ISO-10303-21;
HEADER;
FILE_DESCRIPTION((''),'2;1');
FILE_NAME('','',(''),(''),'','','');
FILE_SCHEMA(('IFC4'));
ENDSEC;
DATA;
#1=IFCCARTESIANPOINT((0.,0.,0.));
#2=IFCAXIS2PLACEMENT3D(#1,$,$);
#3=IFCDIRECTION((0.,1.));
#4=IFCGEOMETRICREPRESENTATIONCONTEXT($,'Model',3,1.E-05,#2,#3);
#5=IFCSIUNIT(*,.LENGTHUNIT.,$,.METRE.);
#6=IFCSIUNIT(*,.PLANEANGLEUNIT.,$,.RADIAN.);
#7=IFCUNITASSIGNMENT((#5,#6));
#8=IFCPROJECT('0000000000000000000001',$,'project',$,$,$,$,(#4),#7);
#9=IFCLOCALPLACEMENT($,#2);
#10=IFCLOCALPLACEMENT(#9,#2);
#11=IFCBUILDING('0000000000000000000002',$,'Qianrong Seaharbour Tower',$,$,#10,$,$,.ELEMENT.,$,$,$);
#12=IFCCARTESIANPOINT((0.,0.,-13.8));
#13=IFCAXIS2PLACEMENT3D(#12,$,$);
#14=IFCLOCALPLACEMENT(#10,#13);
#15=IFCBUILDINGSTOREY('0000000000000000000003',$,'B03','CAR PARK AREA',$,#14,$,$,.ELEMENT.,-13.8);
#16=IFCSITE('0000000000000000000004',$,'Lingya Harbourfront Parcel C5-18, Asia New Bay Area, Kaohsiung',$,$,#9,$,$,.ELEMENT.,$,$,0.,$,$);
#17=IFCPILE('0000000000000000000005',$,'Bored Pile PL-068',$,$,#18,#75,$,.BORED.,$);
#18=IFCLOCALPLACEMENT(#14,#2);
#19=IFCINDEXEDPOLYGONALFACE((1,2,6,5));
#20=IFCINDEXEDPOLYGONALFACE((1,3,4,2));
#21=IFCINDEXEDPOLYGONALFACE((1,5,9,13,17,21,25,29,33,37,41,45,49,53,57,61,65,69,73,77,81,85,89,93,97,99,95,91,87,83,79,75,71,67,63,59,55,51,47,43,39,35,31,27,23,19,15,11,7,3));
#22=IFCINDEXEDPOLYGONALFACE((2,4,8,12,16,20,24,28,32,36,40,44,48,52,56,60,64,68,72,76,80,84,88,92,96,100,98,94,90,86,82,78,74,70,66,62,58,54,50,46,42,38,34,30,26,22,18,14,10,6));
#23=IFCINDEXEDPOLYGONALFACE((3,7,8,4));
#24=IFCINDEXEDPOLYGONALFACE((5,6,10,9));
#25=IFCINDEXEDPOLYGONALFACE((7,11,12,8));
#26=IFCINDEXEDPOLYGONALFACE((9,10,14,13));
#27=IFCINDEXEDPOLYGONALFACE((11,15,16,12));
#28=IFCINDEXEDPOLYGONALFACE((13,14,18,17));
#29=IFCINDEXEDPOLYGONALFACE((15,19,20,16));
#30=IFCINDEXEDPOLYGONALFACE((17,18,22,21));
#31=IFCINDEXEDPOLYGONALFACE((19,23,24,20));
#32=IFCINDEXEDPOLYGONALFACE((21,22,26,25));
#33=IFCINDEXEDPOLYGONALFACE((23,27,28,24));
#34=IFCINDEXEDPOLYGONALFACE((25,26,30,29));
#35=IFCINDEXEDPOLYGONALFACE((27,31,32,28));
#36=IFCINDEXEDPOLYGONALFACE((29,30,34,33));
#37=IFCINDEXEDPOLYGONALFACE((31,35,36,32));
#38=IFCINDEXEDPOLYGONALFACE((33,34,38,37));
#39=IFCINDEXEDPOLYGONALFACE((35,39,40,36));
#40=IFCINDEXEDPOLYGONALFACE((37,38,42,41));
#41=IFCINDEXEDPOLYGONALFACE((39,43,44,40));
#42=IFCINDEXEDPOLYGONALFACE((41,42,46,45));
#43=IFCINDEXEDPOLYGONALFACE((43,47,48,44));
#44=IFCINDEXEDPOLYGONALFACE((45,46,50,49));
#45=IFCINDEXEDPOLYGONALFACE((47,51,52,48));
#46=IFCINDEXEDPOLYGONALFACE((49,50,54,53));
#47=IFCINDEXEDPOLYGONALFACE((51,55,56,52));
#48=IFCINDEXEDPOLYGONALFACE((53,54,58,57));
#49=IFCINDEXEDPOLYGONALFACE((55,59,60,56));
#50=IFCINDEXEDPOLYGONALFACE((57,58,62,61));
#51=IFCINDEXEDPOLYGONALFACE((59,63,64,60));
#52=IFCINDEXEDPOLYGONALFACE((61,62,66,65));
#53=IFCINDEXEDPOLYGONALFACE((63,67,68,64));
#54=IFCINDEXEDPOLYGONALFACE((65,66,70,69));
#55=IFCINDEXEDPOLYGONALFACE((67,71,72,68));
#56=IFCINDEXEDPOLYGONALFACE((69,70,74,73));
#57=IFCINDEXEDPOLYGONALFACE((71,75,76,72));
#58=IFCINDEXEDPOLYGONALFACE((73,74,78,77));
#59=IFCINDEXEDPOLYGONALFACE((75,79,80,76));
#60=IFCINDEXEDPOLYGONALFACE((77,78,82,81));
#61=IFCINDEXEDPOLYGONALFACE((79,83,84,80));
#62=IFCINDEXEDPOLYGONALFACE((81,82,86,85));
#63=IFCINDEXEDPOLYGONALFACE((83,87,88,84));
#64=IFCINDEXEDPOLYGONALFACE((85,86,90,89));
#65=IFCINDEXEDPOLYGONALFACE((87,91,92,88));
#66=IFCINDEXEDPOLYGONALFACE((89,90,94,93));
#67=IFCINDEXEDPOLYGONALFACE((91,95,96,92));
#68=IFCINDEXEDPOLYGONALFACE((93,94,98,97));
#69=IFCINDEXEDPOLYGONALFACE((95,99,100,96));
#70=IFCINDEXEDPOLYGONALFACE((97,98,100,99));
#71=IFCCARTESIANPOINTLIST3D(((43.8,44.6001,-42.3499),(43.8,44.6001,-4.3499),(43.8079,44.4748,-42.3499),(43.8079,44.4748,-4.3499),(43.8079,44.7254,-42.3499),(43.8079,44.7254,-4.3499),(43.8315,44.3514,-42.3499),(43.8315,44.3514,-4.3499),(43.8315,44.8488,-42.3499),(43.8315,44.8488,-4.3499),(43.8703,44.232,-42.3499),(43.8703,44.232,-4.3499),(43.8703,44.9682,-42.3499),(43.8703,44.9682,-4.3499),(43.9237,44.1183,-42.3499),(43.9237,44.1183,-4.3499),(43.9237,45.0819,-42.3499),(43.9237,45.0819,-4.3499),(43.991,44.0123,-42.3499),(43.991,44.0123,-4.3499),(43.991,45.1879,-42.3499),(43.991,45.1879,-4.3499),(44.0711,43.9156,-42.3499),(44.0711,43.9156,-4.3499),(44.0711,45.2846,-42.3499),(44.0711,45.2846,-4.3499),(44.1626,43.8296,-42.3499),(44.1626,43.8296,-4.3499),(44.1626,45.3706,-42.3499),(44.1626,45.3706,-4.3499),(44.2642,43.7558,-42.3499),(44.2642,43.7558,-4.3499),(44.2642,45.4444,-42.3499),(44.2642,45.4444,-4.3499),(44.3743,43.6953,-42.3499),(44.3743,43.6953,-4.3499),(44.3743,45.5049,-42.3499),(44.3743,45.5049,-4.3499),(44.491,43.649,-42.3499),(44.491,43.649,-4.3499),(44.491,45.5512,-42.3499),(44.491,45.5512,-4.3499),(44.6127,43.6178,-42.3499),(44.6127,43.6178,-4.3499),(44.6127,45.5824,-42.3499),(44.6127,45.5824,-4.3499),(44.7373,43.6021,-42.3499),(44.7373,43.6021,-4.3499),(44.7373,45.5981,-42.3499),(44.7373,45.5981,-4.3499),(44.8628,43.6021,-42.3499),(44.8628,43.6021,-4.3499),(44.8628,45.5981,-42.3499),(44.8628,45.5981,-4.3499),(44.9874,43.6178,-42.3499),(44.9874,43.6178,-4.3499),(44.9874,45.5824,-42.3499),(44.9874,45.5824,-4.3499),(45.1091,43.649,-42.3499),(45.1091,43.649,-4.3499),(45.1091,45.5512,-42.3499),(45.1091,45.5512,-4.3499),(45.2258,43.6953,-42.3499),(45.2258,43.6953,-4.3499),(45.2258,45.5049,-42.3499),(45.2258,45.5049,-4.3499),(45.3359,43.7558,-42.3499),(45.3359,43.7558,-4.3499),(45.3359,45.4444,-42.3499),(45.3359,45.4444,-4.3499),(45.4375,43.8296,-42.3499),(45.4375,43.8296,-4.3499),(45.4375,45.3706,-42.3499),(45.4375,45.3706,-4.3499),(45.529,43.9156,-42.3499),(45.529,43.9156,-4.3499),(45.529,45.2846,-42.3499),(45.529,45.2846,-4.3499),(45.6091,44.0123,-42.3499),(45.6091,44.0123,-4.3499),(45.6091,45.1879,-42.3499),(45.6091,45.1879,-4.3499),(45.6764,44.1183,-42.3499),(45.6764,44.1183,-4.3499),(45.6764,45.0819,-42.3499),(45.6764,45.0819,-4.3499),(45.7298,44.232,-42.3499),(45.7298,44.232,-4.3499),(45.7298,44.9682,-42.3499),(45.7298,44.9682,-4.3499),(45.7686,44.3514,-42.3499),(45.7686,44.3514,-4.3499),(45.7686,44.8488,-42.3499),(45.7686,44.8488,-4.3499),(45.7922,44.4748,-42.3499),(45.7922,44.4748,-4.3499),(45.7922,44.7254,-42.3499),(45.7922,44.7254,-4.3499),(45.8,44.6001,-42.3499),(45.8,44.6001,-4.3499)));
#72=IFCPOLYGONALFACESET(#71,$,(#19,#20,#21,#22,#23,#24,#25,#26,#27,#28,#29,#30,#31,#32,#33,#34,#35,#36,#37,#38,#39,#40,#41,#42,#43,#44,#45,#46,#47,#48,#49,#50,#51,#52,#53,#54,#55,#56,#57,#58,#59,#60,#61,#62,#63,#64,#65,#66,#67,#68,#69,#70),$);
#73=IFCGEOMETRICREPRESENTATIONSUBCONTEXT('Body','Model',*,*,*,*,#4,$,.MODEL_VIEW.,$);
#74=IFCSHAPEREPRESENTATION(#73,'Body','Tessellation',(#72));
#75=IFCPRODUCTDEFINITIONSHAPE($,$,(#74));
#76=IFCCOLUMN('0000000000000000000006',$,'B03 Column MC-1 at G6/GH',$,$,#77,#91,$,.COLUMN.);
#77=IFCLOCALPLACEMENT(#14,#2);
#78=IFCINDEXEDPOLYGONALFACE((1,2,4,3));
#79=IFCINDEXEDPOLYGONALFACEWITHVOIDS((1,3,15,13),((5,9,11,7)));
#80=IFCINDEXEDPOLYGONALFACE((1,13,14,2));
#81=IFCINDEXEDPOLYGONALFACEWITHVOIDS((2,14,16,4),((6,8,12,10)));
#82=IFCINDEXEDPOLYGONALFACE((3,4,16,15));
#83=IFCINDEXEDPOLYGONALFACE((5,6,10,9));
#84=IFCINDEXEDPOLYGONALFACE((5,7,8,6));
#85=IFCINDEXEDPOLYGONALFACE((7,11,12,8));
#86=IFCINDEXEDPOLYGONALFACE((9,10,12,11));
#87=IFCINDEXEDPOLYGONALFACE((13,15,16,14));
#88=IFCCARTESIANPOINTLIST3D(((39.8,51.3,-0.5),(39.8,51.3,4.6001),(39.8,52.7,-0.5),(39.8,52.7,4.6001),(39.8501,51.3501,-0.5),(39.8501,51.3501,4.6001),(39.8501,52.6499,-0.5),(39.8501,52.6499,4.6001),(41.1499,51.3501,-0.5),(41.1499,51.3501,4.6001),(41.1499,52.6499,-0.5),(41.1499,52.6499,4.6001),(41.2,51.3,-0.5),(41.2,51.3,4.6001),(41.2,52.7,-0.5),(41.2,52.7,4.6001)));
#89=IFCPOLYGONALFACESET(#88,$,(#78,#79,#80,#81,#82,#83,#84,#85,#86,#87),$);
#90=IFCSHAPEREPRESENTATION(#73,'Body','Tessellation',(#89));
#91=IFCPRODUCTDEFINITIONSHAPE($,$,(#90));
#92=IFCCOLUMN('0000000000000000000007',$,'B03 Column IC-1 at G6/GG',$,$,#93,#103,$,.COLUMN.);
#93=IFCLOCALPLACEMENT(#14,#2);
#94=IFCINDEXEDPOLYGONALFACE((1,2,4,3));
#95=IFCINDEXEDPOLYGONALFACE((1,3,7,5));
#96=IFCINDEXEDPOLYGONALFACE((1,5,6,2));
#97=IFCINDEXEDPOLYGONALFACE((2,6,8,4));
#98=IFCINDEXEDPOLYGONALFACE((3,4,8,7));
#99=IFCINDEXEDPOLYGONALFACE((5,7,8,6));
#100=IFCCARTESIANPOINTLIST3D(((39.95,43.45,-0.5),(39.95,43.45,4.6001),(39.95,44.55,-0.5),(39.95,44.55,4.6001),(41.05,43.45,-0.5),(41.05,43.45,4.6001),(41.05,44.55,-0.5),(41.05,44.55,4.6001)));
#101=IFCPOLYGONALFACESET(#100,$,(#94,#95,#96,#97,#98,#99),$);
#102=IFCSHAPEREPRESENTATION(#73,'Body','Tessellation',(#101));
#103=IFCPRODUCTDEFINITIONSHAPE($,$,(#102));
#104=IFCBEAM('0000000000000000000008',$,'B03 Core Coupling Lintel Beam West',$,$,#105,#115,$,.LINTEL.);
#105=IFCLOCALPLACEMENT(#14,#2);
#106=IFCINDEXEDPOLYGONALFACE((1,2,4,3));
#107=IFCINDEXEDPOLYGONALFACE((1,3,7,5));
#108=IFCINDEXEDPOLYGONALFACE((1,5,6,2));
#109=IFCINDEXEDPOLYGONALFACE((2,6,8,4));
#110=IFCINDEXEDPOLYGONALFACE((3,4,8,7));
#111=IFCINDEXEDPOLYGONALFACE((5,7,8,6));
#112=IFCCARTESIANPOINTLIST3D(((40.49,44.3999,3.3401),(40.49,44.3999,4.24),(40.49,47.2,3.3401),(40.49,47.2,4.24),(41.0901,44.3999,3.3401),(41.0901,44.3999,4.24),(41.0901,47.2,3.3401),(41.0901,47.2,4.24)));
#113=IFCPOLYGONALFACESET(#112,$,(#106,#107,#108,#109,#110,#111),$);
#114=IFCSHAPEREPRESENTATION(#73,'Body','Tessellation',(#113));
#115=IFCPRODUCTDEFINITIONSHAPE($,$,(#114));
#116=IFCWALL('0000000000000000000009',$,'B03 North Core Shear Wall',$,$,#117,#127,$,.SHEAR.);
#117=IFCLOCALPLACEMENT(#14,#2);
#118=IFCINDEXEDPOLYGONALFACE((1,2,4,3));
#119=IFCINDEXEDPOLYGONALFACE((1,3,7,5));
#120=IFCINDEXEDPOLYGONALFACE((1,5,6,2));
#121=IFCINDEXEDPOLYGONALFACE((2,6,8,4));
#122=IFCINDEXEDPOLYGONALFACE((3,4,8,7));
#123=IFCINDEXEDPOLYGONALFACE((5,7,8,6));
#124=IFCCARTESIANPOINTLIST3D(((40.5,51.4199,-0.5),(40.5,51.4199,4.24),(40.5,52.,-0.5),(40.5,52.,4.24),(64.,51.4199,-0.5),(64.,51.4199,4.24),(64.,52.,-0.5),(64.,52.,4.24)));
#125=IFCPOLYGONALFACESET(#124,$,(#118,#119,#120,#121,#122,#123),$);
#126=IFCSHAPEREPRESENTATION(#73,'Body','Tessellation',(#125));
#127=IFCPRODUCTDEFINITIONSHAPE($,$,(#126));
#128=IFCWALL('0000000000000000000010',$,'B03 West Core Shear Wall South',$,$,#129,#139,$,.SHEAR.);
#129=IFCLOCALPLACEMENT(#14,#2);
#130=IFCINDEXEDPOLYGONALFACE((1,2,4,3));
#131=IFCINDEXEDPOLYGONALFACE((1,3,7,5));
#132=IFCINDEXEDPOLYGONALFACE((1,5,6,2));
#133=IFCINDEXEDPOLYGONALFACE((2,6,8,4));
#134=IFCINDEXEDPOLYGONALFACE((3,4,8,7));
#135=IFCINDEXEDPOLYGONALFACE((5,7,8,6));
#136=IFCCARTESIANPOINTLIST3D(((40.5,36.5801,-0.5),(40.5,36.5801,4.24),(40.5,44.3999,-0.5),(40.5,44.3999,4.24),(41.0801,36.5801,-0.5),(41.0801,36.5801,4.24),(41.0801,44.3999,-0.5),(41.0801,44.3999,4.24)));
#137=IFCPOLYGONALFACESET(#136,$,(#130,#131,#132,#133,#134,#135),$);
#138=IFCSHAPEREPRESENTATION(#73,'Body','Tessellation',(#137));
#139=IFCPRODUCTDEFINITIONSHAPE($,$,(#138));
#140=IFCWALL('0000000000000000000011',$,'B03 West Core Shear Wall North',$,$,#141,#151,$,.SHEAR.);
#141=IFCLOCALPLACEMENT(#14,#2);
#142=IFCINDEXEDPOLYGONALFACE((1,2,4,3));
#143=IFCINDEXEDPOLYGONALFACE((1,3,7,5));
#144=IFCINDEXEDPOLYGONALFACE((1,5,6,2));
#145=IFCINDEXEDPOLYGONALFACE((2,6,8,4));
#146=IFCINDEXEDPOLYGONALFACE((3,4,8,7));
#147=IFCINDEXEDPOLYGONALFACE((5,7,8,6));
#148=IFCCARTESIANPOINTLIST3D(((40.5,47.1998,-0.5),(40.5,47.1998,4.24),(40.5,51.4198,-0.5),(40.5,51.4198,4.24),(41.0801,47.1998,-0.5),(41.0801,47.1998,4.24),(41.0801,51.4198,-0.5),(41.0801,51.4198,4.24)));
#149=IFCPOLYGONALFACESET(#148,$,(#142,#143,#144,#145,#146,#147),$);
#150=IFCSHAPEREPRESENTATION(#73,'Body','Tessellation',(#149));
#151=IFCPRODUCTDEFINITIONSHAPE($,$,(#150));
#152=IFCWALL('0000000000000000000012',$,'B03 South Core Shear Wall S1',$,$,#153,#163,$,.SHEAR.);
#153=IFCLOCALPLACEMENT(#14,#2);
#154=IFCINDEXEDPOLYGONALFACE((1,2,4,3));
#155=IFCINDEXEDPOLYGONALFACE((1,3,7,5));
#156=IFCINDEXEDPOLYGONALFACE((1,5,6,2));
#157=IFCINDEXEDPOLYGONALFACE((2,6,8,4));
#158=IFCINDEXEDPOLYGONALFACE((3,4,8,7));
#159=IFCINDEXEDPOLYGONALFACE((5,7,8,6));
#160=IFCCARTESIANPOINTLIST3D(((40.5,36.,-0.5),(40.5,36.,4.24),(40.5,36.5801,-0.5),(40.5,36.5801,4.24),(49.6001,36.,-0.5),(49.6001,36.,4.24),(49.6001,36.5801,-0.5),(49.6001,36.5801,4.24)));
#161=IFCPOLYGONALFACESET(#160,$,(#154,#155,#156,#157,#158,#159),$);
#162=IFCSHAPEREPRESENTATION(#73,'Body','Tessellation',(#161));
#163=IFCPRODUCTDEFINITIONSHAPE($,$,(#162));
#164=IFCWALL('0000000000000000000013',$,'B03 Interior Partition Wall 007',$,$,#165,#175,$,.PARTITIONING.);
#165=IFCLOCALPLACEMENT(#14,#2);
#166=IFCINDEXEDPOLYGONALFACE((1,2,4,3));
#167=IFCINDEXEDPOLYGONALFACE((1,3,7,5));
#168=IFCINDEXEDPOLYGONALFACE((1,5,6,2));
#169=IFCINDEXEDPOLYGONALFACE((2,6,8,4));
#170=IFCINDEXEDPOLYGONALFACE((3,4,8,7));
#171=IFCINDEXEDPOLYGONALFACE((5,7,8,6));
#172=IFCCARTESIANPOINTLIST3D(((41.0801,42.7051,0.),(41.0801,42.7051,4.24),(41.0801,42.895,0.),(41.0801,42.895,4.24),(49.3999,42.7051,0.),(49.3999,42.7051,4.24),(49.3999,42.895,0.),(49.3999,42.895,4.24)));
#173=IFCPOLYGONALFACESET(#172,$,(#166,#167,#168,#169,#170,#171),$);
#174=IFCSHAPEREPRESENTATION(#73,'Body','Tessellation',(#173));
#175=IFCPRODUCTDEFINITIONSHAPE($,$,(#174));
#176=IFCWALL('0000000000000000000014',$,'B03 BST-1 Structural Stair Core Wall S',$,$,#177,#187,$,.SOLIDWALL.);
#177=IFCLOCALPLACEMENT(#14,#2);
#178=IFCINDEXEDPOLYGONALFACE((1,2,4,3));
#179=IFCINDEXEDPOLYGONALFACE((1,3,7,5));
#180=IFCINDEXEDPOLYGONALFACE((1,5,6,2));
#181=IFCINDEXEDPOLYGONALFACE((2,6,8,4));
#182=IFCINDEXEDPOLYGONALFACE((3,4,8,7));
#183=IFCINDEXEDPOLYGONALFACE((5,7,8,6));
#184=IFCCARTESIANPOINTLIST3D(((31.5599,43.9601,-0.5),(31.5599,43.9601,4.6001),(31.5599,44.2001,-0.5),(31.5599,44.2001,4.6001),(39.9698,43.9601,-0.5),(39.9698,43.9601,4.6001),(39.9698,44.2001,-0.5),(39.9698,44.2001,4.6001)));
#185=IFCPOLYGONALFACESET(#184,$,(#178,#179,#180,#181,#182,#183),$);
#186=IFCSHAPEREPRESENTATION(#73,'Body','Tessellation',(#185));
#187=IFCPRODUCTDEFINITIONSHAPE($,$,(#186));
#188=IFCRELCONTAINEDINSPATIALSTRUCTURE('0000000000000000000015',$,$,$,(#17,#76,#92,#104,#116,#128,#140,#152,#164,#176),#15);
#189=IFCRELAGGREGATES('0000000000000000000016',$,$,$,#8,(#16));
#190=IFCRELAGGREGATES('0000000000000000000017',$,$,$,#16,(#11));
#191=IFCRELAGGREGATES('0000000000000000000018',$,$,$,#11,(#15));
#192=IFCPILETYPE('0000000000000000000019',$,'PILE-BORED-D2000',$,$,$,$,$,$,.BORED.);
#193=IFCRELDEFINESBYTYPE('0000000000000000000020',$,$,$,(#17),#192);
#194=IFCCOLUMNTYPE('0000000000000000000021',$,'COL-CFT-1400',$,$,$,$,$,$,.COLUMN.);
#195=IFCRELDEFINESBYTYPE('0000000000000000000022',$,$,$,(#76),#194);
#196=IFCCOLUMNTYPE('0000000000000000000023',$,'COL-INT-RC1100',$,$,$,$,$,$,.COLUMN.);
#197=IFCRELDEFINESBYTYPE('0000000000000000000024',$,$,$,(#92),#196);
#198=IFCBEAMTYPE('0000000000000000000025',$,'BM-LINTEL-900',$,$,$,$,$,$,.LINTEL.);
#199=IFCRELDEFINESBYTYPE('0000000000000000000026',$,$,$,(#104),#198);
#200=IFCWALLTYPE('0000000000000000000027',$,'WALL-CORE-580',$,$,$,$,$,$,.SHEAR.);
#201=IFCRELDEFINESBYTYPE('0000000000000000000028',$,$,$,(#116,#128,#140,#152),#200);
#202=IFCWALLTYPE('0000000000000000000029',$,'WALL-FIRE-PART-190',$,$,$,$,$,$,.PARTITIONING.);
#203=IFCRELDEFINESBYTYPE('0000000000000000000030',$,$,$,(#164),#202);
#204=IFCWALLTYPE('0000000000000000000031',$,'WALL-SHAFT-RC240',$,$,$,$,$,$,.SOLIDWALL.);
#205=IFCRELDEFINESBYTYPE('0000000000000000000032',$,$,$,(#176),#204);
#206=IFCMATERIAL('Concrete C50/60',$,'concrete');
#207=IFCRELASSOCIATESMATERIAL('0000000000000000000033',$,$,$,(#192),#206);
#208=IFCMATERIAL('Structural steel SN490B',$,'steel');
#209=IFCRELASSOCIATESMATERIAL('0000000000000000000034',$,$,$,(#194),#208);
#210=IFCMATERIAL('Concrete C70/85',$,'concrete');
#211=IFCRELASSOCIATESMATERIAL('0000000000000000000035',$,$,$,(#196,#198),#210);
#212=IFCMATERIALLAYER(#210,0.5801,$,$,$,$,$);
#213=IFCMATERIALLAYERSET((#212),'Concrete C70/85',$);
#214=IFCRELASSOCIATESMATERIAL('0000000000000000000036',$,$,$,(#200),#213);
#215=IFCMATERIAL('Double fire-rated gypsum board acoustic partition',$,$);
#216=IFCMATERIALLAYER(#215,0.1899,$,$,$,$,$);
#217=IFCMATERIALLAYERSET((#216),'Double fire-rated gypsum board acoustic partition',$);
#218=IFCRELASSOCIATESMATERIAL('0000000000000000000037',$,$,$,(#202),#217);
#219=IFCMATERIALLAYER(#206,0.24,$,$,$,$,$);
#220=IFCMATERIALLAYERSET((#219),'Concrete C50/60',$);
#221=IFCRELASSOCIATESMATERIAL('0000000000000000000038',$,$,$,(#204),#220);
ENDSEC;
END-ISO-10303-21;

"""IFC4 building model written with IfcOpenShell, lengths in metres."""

from ifc_helpers import new_model, si_unit, direction, frame, frame_2d, origin, origin_2d, place, context, subcontext, project, spatial, rectangle, hollow_rectangle, circle, extrude, material, layer, layer_set, material_profile, profile_set, type_object, element, save


model = new_model("IFC4")

# Units and contexts
model_context = context("Model", 3, precision=1e-05, world=origin(), true_north=direction((0.0, 1.0)))
body_context = subcontext(model_context, "Body", "Model", "MODEL_VIEW")
ifc_project = project(units=[si_unit("LENGTHUNIT", "METRE"), si_unit("PLANEANGLEUNIT", "RADIAN")], contexts=[model_context])

# Site, building, storey
site_placement = place(None, origin())
site = spatial("IfcSite", under=ifc_project, at=site_placement, Name="Lingya Harbourfront Parcel C5-18, Asia New Bay Area, Kaohsiung", CompositionType="ELEMENT", RefElevation=0.0)
building_placement = place(site_placement, origin())
building = spatial("IfcBuilding", under=site, at=building_placement, Name="Qianrong Seaharbour Tower", CompositionType="ELEMENT")
storey_placement = place(building_placement, frame((0.0, 0.0, -13.8)))
storey = spatial("IfcBuildingStorey", under=building, at=storey_placement, Name="B03", Description="CAR PARK AREA", CompositionType="ELEMENT", Elevation=-13.8)

# Pile
ifc_material_1 = material(Name="Concrete C50/60", Category="concrete")
ifc_material_profile_1 = material_profile(ifc_material_1, circle(Radius=1.0, at=origin_2d()), Name="PILE-D2000")
ifc_profile_set_1 = profile_set([ifc_material_profile_1], Name="Concrete C50/60")
pile_type = type_object("IfcPileType", Name="PILE-BORED-D2000", PredefinedType="BORED", material=ifc_profile_set_1)
for number, where, z_axis, x_axis, name in (
    (1, (44.8, 44.6001, -4.3499), (0.0, 0.0, -1.0), (1.0, 0.0, 0.0), "Bored Pile PL-068"),
):
    element("IfcPile", number, at=place(storey_placement, frame(where, z_axis=z_axis, x_axis=x_axis)), inside=storey, type_object=pile_type, Name=name, PredefinedType="BORED", context=body_context, shape_type="SweptSolid", body=[
        extrude(circle(Radius=1.0, at=origin_2d()), origin(), (0.0, 0.0, 1.0), 38.0),
    ])

# Columns
ifc_material_2 = material(Name="Structural steel SN490B", Category="steel")
ifc_material_profile_2 = material_profile(ifc_material_2, hollow_rectangle(XDim=1.3999, YDim=1.3999, WallThickness=0.05, at=origin_2d()), Name="BOX1400x1400x50")
ifc_profile_set_2 = profile_set([ifc_material_profile_2], Name="Structural steel SN490B")
column_type_1 = type_object("IfcColumnType", Name="COL-CFT-1400", PredefinedType="COLUMN", material=ifc_profile_set_2)
column_1_placement = place(storey_placement, frame((40.5, 52.0, -0.5), z_axis=(0.0, 0.0, 1.0), x_axis=(1.0, 0.0, 0.0)))
element("IfcColumn", 2, at=column_1_placement, inside=storey, type_object=column_type_1, Name="B03 Column MC-1 at G6/GH", PredefinedType="COLUMN", context=body_context, shape_type="SweptSolid", body=[
    extrude(hollow_rectangle(XDim=1.3999, YDim=1.3999, WallThickness=0.05, at=origin_2d()), origin(), (0.0, 0.0, 1.0), 5.1001),
])
ifc_material_3 = material(Name="Concrete C70/85", Category="concrete")
ifc_material_profile_3 = material_profile(ifc_material_3, rectangle(XDim=1.1001, YDim=1.1001, at=origin_2d()), Name="RC1100x1100")
ifc_profile_set_3 = profile_set([ifc_material_profile_3], Name="Concrete C70/85")
column_type_2 = type_object("IfcColumnType", Name="COL-INT-RC1100", PredefinedType="COLUMN", material=ifc_profile_set_3)
column_2_placement = place(storey_placement, frame((40.5, 44.0, -0.5), z_axis=(0.0, 0.0, 1.0), x_axis=(1.0, 0.0, 0.0)))
element("IfcColumn", 3, at=column_2_placement, inside=storey, type_object=column_type_2, Name="B03 Column IC-1 at G6/GG", PredefinedType="COLUMN", context=body_context, shape_type="SweptSolid", body=[
    extrude(rectangle(XDim=1.1001, YDim=1.1001, at=origin_2d()), origin(), (0.0, 0.0, 1.0), 5.1001),
])

# Beam
ifc_material_profile_4 = material_profile(ifc_material_3, rectangle(XDim=0.6001, YDim=0.8999, at=origin_2d()), Name="RC600x900")
ifc_profile_set_4 = profile_set([ifc_material_profile_4], Name="Concrete C70/85")
beam_type = type_object("IfcBeamType", Name="BM-LINTEL-900", PredefinedType="LINTEL", material=ifc_profile_set_4)
beam_placement = place(storey_placement, frame((40.79, 44.3999, 3.79), z_axis=(0.0, 1.0, 0.0), x_axis=(-1.0, 0.0, 0.0)))
element("IfcBeam", 4, at=beam_placement, inside=storey, type_object=beam_type, Name="B03 Core Coupling Lintel Beam West", PredefinedType="LINTEL", context=body_context, shape_type="SweptSolid", body=[
    extrude(rectangle(XDim=0.6001, YDim=0.8999, at=origin_2d()), origin(), (0.0, 0.0, 1.0), 2.8),
])

# Walls
ifc_layer_1 = layer(ifc_material_3, 0.5801)
ifc_layer_set_1 = layer_set([ifc_layer_1], Name="Concrete C70/85")
wall_type_1 = type_object("IfcWallType", Name="WALL-CORE-580", PredefinedType="SHEAR", material=ifc_layer_set_1)
wall_1_placement = place(storey_placement, frame((40.5, 51.71, -0.5), z_axis=(0.0, 0.0, 1.0), x_axis=(1.0, 0.0, 0.0)))
element("IfcWall", 5, at=wall_1_placement, inside=storey, type_object=wall_type_1, Name="B03 North Core Shear Wall", PredefinedType="SHEAR", context=body_context, shape_type="SweptSolid", body=[
    extrude(rectangle(XDim=23.5, YDim=0.5801, at=frame_2d((11.75, 0.0))), origin(), (0.0, 0.0, 1.0), 4.74),
])
wall_2_placement = place(storey_placement, frame((40.79, 36.5801, -0.5), z_axis=(0.0, 0.0, 1.0), x_axis=(0.0, 1.0, 0.0)))
element("IfcWall", 6, at=wall_2_placement, inside=storey, type_object=wall_type_1, Name="B03 West Core Shear Wall South", PredefinedType="SHEAR", context=body_context, shape_type="SweptSolid", body=[
    extrude(rectangle(XDim=7.8198, YDim=0.5801, at=frame_2d((3.9099, 0.0))), origin(), (0.0, 0.0, 1.0), 4.74),
])
wall_3_placement = place(storey_placement, frame((40.79, 47.2, -0.5), z_axis=(0.0, 0.0, 1.0), x_axis=(0.0, 1.0, 0.0)))
element("IfcWall", 7, at=wall_3_placement, inside=storey, type_object=wall_type_1, Name="B03 West Core Shear Wall North", PredefinedType="SHEAR", context=body_context, shape_type="SweptSolid", body=[
    extrude(rectangle(XDim=4.22, YDim=0.5801, at=frame_2d((2.1099, 0.0))), origin(), (0.0, 0.0, 1.0), 4.74),
])
wall_4_placement = place(storey_placement, frame((40.5, 36.29, -0.5), z_axis=(0.0, 0.0, 1.0), x_axis=(1.0, 0.0, 0.0)))
element("IfcWall", 8, at=wall_4_placement, inside=storey, type_object=wall_type_1, Name="B03 South Core Shear Wall S1", PredefinedType="SHEAR", context=body_context, shape_type="SweptSolid", body=[
    extrude(rectangle(XDim=9.1001, YDim=0.5801, at=frame_2d((4.55, 0.0))), origin(), (0.0, 0.0, 1.0), 4.74),
])
ifc_material_4 = material(Name="Double fire-rated gypsum board acoustic partition")
ifc_layer_2 = layer(ifc_material_4, 0.1899)
ifc_layer_set_2 = layer_set([ifc_layer_2], Name="Double fire-rated gypsum board acoustic partition")
wall_type_2 = type_object("IfcWallType", Name="WALL-FIRE-PART-190", PredefinedType="PARTITIONING", material=ifc_layer_set_2)
wall_5_placement = place(storey_placement, frame((41.0801, 42.8, 0.0), z_axis=(0.0, 0.0, 1.0), x_axis=(1.0, 0.0, 0.0)))
element("IfcWall", 9, at=wall_5_placement, inside=storey, type_object=wall_type_2, Name="B03 Interior Partition Wall 007", PredefinedType="PARTITIONING", context=body_context, shape_type="SweptSolid", body=[
    extrude(rectangle(XDim=8.3198, YDim=0.1899, at=frame_2d((4.1599, 0.0))), origin(), (0.0, 0.0, 1.0), 4.24),
])
ifc_layer_3 = layer(ifc_material_1, 0.24)
ifc_layer_set_3 = layer_set([ifc_layer_3], Name="Concrete C50/60")
wall_type_3 = type_object("IfcWallType", Name="WALL-SHAFT-RC240", PredefinedType="SOLIDWALL", material=ifc_layer_set_3)
wall_6_placement = place(storey_placement, frame((39.97, 44.0801, -0.5), z_axis=(0.0, 0.0, 1.0), x_axis=(-1.0, 0.0, 0.0)))
element("IfcWall", 10, at=wall_6_placement, inside=storey, type_object=wall_type_3, Name="B03 BST-1 Structural Stair Core Wall S", PredefinedType="SOLIDWALL", context=body_context, shape_type="SweptSolid", body=[
    extrude(rectangle(XDim=8.4099, YDim=0.24, at=frame_2d((4.2051, 0.0))), origin(), (0.0, 0.0, 1.0), 5.1001),
])

save(model, "model.ifc")
